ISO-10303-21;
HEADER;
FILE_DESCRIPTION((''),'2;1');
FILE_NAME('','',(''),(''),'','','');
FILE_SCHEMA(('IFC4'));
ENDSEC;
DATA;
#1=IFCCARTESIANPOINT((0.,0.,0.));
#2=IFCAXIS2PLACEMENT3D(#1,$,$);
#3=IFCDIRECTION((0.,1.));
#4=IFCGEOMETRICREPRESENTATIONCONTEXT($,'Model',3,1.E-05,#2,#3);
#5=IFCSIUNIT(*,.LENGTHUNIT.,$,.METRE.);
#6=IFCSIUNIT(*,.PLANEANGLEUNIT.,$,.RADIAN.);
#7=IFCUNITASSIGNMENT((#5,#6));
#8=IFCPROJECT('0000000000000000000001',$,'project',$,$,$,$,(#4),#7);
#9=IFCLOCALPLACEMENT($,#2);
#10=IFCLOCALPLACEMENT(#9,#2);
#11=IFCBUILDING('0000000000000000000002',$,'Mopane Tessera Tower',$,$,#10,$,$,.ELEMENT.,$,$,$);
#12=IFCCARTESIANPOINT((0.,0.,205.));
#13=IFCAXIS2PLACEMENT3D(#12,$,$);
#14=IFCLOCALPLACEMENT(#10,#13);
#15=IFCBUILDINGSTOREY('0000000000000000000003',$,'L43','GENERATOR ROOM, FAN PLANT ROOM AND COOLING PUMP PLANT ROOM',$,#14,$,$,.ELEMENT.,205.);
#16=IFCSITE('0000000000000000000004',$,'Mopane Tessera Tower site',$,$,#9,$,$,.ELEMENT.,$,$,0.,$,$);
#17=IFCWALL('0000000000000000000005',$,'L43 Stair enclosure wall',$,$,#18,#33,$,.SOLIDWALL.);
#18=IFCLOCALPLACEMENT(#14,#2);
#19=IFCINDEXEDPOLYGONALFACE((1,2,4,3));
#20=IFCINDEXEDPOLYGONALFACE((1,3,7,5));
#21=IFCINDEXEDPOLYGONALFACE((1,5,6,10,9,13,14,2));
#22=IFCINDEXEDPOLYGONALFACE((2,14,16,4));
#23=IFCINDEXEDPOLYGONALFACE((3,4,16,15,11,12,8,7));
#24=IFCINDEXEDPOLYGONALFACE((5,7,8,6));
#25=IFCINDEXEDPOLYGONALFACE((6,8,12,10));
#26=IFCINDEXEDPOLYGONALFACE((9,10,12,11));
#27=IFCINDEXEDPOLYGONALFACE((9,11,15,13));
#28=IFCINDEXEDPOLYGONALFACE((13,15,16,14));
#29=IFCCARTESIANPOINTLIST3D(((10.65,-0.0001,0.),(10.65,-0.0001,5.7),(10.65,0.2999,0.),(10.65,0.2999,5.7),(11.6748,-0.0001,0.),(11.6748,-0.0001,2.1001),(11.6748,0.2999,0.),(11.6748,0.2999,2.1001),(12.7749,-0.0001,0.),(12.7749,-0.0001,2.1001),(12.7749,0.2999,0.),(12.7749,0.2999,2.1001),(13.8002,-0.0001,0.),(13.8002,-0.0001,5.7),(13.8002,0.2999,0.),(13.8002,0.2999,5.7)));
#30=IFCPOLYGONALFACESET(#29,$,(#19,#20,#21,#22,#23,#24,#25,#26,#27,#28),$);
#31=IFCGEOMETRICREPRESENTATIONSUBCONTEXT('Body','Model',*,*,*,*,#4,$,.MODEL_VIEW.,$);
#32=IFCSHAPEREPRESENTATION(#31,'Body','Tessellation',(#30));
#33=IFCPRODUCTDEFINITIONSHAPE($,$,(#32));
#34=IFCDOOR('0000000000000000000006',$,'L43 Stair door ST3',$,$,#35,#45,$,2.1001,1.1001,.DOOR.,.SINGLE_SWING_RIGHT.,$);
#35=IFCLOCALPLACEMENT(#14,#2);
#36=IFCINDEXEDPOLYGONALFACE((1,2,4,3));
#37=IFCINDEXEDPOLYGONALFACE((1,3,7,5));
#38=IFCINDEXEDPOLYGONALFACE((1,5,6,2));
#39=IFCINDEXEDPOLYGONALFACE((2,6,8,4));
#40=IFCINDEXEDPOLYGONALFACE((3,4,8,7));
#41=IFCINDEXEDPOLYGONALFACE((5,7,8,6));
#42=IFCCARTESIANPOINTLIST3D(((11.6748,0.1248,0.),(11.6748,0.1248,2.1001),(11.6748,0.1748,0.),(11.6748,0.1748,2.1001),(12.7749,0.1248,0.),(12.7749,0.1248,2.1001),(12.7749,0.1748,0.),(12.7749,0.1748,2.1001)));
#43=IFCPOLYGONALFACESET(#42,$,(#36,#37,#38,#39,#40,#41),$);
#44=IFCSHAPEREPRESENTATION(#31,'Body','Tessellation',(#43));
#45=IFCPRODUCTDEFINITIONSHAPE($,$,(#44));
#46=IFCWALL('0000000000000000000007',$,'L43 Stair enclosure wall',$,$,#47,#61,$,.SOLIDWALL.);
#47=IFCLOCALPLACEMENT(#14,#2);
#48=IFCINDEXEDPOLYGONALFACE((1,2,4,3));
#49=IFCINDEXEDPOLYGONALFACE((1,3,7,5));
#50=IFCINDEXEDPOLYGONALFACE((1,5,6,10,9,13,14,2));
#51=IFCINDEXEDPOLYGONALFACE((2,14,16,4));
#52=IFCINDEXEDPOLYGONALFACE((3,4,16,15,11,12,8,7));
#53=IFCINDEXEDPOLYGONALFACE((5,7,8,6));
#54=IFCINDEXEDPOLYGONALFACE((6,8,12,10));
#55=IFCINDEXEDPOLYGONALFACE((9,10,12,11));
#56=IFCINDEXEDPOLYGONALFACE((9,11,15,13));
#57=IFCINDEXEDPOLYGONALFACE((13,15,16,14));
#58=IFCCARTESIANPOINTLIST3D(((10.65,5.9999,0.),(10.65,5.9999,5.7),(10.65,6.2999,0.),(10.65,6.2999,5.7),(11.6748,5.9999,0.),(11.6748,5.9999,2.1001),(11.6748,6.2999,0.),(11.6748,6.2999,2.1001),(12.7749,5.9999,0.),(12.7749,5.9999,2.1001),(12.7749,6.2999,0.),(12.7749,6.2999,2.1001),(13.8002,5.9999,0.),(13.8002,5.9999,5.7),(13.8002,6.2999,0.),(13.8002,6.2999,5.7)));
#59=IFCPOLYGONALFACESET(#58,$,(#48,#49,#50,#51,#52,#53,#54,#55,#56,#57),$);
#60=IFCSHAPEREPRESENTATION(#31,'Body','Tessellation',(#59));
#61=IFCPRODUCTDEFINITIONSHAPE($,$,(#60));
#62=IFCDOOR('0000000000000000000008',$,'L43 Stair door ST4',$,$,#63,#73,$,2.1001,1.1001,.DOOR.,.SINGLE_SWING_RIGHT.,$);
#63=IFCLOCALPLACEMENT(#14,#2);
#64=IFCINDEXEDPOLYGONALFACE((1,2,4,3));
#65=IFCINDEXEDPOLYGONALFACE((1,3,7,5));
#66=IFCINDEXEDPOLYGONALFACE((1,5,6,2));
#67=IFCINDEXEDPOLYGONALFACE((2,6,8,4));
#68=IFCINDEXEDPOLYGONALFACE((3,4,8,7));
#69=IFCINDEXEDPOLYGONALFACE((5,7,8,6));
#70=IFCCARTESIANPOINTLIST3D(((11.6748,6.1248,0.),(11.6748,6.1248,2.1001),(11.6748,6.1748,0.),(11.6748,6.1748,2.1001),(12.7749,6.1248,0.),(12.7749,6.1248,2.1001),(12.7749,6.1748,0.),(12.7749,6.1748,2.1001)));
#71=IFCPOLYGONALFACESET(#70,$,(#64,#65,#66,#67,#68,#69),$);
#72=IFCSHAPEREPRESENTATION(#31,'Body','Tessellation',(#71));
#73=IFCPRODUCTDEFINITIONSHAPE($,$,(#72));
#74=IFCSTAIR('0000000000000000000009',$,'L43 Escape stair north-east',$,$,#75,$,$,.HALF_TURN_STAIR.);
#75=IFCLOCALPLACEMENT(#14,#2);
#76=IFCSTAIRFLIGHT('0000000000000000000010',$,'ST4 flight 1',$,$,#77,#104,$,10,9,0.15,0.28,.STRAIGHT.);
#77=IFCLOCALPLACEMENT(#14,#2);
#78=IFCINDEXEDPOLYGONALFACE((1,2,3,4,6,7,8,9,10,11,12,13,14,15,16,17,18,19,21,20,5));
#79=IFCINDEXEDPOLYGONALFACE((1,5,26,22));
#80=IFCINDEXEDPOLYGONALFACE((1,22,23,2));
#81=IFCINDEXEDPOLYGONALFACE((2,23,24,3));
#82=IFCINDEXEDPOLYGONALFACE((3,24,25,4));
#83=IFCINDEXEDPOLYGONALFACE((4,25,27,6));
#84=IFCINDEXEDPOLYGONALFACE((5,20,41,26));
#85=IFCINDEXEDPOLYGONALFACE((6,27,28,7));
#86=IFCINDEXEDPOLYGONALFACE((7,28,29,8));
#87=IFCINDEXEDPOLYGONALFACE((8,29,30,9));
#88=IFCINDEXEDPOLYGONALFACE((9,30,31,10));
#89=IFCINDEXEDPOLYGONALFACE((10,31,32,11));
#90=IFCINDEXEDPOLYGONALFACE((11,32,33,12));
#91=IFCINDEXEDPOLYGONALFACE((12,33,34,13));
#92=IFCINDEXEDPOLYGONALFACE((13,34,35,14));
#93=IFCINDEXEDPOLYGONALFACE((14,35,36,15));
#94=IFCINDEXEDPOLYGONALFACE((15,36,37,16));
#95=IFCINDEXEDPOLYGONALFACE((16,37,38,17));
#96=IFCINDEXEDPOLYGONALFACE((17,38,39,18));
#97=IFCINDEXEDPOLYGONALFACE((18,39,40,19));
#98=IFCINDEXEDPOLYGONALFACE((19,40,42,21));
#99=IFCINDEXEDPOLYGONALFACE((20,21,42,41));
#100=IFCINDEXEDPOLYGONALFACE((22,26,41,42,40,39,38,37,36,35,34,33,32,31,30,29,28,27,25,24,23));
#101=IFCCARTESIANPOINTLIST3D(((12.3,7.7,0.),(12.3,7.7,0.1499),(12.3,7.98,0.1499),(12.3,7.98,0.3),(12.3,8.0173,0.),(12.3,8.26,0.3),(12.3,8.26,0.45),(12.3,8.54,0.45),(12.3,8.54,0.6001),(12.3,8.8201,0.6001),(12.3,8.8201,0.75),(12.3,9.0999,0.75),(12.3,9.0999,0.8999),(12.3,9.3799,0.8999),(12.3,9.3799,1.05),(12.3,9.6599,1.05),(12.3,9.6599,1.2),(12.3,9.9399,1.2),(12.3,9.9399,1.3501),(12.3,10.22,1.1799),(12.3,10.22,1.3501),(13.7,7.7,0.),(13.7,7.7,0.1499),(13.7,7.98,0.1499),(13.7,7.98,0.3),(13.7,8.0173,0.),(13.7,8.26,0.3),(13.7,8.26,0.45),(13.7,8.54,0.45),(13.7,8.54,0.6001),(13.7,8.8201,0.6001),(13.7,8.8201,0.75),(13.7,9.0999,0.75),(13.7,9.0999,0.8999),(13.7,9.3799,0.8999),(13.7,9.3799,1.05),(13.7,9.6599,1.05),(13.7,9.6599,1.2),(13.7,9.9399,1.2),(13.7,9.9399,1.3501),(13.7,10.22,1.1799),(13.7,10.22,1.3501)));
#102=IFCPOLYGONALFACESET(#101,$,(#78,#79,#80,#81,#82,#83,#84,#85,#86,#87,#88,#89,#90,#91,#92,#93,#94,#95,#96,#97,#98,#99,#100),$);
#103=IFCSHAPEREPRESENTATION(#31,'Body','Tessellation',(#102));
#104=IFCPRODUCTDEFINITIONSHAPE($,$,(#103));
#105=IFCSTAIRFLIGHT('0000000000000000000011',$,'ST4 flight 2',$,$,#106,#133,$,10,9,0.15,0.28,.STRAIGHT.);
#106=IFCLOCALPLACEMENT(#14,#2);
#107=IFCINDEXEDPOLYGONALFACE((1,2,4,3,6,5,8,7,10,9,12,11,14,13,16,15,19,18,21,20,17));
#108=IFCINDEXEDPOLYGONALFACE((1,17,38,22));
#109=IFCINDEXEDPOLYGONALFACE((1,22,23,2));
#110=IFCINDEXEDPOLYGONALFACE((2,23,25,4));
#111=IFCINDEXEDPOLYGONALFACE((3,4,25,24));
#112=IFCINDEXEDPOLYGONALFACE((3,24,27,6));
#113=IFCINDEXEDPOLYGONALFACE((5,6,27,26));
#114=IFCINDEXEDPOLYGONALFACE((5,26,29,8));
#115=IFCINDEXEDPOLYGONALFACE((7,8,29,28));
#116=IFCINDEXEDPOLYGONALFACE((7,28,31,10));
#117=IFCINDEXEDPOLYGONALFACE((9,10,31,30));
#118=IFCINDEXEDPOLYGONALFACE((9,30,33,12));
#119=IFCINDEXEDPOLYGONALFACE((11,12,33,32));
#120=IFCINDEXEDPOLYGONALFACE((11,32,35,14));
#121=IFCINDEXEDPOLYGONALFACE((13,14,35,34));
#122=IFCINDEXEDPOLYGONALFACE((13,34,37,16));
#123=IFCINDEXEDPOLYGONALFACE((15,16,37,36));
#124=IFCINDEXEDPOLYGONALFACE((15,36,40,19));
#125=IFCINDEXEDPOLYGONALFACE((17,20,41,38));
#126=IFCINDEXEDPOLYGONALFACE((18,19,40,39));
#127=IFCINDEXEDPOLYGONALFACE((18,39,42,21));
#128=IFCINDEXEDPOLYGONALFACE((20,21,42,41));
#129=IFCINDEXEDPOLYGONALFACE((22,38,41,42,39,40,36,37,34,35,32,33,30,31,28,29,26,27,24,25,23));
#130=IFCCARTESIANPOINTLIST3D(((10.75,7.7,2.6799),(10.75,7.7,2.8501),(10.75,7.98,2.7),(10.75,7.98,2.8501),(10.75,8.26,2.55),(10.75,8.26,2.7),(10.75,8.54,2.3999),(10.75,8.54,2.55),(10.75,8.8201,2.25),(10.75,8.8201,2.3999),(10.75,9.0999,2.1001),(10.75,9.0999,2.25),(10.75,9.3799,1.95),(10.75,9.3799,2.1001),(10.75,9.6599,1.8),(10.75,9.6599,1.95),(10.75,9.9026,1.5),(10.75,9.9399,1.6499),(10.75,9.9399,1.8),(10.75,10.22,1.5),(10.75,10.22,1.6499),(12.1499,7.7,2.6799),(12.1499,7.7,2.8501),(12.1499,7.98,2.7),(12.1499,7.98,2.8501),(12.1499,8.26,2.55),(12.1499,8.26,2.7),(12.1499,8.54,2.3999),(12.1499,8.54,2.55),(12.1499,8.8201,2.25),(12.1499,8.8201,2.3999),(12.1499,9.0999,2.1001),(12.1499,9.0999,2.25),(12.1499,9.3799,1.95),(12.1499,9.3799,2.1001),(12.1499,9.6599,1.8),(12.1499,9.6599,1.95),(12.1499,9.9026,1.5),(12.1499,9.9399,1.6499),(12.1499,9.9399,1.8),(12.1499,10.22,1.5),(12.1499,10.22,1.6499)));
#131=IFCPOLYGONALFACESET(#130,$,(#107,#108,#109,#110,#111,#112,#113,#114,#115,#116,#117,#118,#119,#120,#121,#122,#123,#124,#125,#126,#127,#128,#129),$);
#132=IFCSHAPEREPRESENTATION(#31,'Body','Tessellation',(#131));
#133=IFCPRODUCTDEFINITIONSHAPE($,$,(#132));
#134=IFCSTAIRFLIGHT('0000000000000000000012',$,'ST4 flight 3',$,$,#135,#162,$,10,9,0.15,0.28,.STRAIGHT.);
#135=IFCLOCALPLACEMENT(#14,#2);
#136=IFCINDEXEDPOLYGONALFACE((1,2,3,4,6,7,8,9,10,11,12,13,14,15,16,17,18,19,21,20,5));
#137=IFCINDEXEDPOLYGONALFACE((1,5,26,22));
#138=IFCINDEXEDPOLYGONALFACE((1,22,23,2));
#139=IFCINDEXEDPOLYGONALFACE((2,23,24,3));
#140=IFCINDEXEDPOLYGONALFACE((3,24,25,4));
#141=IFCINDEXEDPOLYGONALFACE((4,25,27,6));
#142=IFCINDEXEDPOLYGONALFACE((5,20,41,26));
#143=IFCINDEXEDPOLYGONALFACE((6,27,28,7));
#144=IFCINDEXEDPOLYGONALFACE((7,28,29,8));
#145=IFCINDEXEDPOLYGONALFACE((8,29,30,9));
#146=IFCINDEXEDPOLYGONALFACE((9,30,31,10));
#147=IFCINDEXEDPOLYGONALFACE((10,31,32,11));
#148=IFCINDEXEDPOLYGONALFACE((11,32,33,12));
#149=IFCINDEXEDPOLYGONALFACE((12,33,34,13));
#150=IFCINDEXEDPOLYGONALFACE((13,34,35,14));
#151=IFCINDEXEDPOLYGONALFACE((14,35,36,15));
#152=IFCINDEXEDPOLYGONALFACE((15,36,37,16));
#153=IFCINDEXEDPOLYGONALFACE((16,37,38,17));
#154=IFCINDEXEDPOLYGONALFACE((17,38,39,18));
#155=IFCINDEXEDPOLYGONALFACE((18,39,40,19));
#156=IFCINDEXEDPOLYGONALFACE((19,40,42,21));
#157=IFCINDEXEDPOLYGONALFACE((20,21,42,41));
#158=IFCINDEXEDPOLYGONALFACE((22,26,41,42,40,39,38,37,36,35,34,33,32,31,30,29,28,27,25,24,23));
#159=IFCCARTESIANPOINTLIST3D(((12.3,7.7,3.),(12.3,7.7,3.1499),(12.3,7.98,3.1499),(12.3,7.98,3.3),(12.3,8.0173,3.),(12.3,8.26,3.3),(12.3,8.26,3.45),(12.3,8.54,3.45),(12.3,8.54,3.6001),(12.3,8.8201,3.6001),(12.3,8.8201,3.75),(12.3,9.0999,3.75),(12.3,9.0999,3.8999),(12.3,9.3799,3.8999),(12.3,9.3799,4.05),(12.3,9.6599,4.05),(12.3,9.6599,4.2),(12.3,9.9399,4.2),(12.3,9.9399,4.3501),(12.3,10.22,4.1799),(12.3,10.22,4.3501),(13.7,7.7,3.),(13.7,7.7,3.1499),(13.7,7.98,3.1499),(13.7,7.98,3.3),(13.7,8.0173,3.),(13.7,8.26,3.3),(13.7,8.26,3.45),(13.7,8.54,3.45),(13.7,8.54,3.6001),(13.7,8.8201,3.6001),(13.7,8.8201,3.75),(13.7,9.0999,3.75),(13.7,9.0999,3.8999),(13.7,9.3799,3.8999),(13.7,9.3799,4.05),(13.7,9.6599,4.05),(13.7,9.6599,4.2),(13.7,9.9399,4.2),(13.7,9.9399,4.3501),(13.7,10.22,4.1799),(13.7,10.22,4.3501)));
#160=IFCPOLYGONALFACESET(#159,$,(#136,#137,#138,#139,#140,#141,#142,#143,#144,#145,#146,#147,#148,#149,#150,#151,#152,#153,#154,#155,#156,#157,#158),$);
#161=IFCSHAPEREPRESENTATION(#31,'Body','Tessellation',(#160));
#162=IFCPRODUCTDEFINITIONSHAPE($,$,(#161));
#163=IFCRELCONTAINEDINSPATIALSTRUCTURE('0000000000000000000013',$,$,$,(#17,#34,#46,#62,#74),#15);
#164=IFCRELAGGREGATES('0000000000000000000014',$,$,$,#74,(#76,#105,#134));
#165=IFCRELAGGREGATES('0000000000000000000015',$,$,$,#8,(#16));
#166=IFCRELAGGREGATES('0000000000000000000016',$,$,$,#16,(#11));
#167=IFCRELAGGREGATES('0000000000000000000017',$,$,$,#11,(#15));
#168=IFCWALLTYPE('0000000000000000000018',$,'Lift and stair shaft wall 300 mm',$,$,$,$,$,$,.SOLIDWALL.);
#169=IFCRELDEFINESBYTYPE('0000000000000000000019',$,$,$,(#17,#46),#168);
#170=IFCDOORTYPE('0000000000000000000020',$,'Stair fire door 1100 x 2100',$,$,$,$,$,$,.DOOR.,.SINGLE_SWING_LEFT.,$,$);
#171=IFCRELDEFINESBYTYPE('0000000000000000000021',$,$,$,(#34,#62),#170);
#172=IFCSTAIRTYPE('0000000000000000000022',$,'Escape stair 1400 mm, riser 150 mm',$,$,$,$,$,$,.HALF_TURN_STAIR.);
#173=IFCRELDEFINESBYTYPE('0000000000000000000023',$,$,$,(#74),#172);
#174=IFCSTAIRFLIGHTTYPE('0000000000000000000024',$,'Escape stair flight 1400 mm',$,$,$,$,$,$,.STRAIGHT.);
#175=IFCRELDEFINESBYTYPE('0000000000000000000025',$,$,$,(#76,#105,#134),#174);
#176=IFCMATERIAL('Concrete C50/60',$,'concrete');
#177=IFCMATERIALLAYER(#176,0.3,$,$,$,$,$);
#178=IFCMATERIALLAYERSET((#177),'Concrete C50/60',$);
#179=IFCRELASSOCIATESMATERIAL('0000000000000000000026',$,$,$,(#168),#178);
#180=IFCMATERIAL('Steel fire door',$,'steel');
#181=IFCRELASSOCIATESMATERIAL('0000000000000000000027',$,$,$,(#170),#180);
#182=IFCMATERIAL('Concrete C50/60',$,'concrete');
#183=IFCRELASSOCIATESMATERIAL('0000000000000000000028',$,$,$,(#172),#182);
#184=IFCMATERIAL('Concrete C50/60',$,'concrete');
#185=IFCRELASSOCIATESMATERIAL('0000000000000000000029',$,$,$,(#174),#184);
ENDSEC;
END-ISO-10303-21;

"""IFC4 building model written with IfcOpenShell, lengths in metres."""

from ifc_helpers import new_model, si_unit, direction, frame, frame_2d, origin, place, context, subcontext, project, spatial, polyline, rectangle, outline, extrude, material, layer, layer_set, type_object, element, fill, aggregate, save


model = new_model("IFC4")

# Units and contexts
model_context = context("Model", 3, precision=1e-05, world=origin(), true_north=direction((0.0, 1.0)))
body_context = subcontext(model_context, "Body", "Model", "MODEL_VIEW")
ifc_project = project(units=[si_unit("LENGTHUNIT", "METRE"), si_unit("PLANEANGLEUNIT", "RADIAN")], contexts=[model_context])

# Site, building, storey
site_placement = place(None, origin())
site = spatial("IfcSite", under=ifc_project, at=site_placement, Name="Mopane Tessera Tower site", CompositionType="ELEMENT", RefElevation=0.0)
building_placement = place(site_placement, origin())
building = spatial("IfcBuilding", under=site, at=building_placement, Name="Mopane Tessera Tower", CompositionType="ELEMENT")
storey_placement = place(building_placement, frame((0.0, 0.0, 205.0)))
storey = spatial("IfcBuildingStorey", under=building, at=storey_placement, Name="L43", Description="GENERATOR ROOM, FAN PLANT ROOM AND COOLING PUMP PLANT ROOM", CompositionType="ELEMENT", Elevation=205.0)

# Walls, openings, doors
ifc_material_1 = material(Name="Concrete C50/60", Category="concrete")
ifc_layer_1 = layer(ifc_material_1, 0.3)
ifc_layer_set_1 = layer_set([ifc_layer_1], Name="Concrete C50/60")
wall_type = type_object("IfcWallType", Name="Lift and stair shaft wall 300 mm", PredefinedType="SOLIDWALL", material=ifc_layer_set_1)
wall_1_placement = place(storey_placement, frame((10.6499, 0.1499, 0.0), z_axis=(0.0, 0.0, 1.0), x_axis=(1.0, 0.0, 0.0)))
wall_1 = element("IfcWall", 1, at=wall_1_placement, inside=storey, type_object=wall_type, Name="L43 Stair enclosure wall", PredefinedType="SOLIDWALL", context=body_context, shape_type="SweptSolid", body=[
    extrude(rectangle(XDim=3.1501, YDim=0.3, at=frame_2d((1.5752, 0.0))), origin(), (0.0, 0.0, 1.0), 5.7),
])
opening_1_placement = place(wall_1_placement, frame((1.0249, 0.0, 0.0)))
opening_1 = element("IfcOpeningElement", 2, at=opening_1_placement, cuts=wall_1, PredefinedType="OPENING", context=body_context, shape_type="SweptSolid", body=[
    extrude(rectangle(XDim=1.1001, YDim=2.1001, at=frame_2d((0.55, 1.05))), frame((0.0, 0.1621, 0.0), z_axis=(0.0, -1.0, 0.0), x_axis=(1.0, 0.0, 0.0)), (0.0, 0.0, 1.0), 0.324),
])
ifc_material_2 = material(Name="Steel fire door", Category="steel")
door_type = type_object("IfcDoorType", Name="Stair fire door 1100 x 2100", OperationType="SINGLE_SWING_LEFT", PredefinedType="DOOR", material=ifc_material_2)
door_1_placement = place(opening_1_placement, origin())
door_1 = element("IfcDoor", 3, at=door_1_placement, inside=storey, type_object=door_type, Name="L43 Stair door ST3", OperationType="SINGLE_SWING_RIGHT", OverallHeight=2.1001, OverallWidth=1.1001, PredefinedType="DOOR", context=body_context, shape_type="SweptSolid", body=[
    extrude(rectangle(XDim=1.1001, YDim=2.1001, at=frame_2d((0.55, 1.05))), frame((0.0, 0.0249, 0.0), z_axis=(0.0, -1.0, 0.0), x_axis=(1.0, 0.0, 0.0)), (0.0, 0.0, 1.0), 0.05),
])
fill(opening_1, door_1)
wall_2_placement = place(storey_placement, frame((10.6499, 6.1499, 0.0), z_axis=(0.0, 0.0, 1.0), x_axis=(1.0, 0.0, 0.0)))
wall_2 = element("IfcWall", 4, at=wall_2_placement, inside=storey, type_object=wall_type, Name="L43 Stair enclosure wall", PredefinedType="SOLIDWALL", context=body_context, shape_type="SweptSolid", body=[
    extrude(rectangle(XDim=3.1501, YDim=0.3, at=frame_2d((1.5752, 0.0))), origin(), (0.0, 0.0, 1.0), 5.7),
])
opening_2_placement = place(wall_2_placement, frame((1.0249, 0.0, 0.0)))
opening_2 = element("IfcOpeningElement", 5, at=opening_2_placement, cuts=wall_2, PredefinedType="OPENING", context=body_context, shape_type="SweptSolid", body=[
    extrude(rectangle(XDim=1.1001, YDim=2.1001, at=frame_2d((0.55, 1.05))), frame((0.0, 0.1621, 0.0), z_axis=(0.0, -1.0, 0.0), x_axis=(1.0, 0.0, 0.0)), (0.0, 0.0, 1.0), 0.324),
])
door_2_placement = place(opening_2_placement, origin())
door_2 = element("IfcDoor", 6, at=door_2_placement, inside=storey, type_object=door_type, Name="L43 Stair door ST4", OperationType="SINGLE_SWING_RIGHT", OverallHeight=2.1001, OverallWidth=1.1001, PredefinedType="DOOR", context=body_context, shape_type="SweptSolid", body=[
    extrude(rectangle(XDim=1.1001, YDim=2.1001, at=frame_2d((0.55, 1.05))), frame((0.0, 0.0249, 0.0), z_axis=(0.0, -1.0, 0.0), x_axis=(1.0, 0.0, 0.0)), (0.0, 0.0, 1.0), 0.05),
])
fill(opening_2, door_2)

# Stair, stair flights
ifc_material_3 = material(Name="Concrete C50/60", Category="concrete")
stair_type = type_object("IfcStairType", Name="Escape stair 1400 mm, riser 150 mm", PredefinedType="HALF_TURN_STAIR", material=ifc_material_3)
stair_placement = place(storey_placement, origin())
stair = element("IfcStair", 7, at=stair_placement, inside=storey, type_object=stair_type, Name="L43 Escape stair north-east", PredefinedType="HALF_TURN_STAIR")
ifc_material_4 = material(Name="Concrete C50/60", Category="concrete")
stair_flight_type = type_object("IfcStairFlightType", Name="Escape stair flight 1400 mm", PredefinedType="STRAIGHT", material=ifc_material_4)
stair_flight_1_placement = place(storey_placement, frame((13.0, 7.7, 0.0), z_axis=(0.0, 0.0, 1.0), x_axis=(0.0, 1.0, 0.0)))
stair_flight_1 = element("IfcStairFlight", 8, at=stair_flight_1_placement, type_object=stair_flight_type, Name="ST4 flight 1", NumberOfRisers=10, NumberOfTreads=9, PredefinedType="STRAIGHT", RiserHeight=0.15, TreadLength=0.28, context=body_context, shape_type="SweptSolid", body=[
    extrude(outline(polyline([(0.0, 0.0), (0.0, 0.1499), (0.28, 0.1499), (0.28, 0.3), (0.5601, 0.3), (0.5601, 0.45), (0.8401, 0.45), (0.8401, 0.6001), (1.1201, 0.6001), (1.1201, 0.75), (1.3999, 0.75), (1.3999, 0.8999), (1.6799, 0.8999), (1.6799, 1.05), (1.96, 1.05), (1.96, 1.2), (2.24, 1.2), (2.24, 1.3501), (2.52, 1.3501), (2.52, 1.5), (2.52, 1.1799), (0.3174, 0.0), (0.0, 0.0)])), frame((0.0, 0.7, 0.0), z_axis=(0.0, -1.0, 0.0), x_axis=(1.0, 0.0, 0.0)), (0.0, 0.0, 1.0), 1.3999),
])
stair_flight_2_placement = place(storey_placement, frame((11.45, 10.22, 1.5), z_axis=(0.0, 0.0, 1.0), x_axis=(0.0, -1.0, 0.0)))
stair_flight_2 = element("IfcStairFlight", 9, at=stair_flight_2_placement, type_object=stair_flight_type, Name="ST4 flight 2", NumberOfRisers=10, NumberOfTreads=9, PredefinedType="STRAIGHT", RiserHeight=0.15, TreadLength=0.28, context=body_context, shape_type="SweptSolid", body=[
    extrude(outline(polyline([(0.0, 0.0), (0.0, 0.1499), (0.28, 0.1499), (0.28, 0.3), (0.5601, 0.3), (0.5601, 0.45), (0.8401, 0.45), (0.8401, 0.6001), (1.1201, 0.6001), (1.1201, 0.75), (1.3999, 0.75), (1.3999, 0.8999), (1.6799, 0.8999), (1.6799, 1.05), (1.96, 1.05), (1.96, 1.2), (2.24, 1.2), (2.24, 1.3501), (2.52, 1.3501), (2.52, 1.5), (2.52, 1.1799), (0.3174, 0.0), (0.0, 0.0)])), frame((0.0, 0.7, 0.0), z_axis=(0.0, -1.0, 0.0), x_axis=(1.0, 0.0, 0.0)), (0.0, 0.0, 1.0), 1.3999),
])
stair_flight_3_placement = place(storey_placement, frame((13.0, 7.7, 3.0), z_axis=(0.0, 0.0, 1.0), x_axis=(0.0, 1.0, 0.0)))
stair_flight_3 = element("IfcStairFlight", 10, at=stair_flight_3_placement, type_object=stair_flight_type, Name="ST4 flight 3", NumberOfRisers=10, NumberOfTreads=9, PredefinedType="STRAIGHT", RiserHeight=0.15, TreadLength=0.28, context=body_context, shape_type="SweptSolid", body=[
    extrude(outline(polyline([(0.0, 0.0), (0.0, 0.1499), (0.28, 0.1499), (0.28, 0.3), (0.5601, 0.3), (0.5601, 0.45), (0.8401, 0.45), (0.8401, 0.6001), (1.1201, 0.6001), (1.1201, 0.75), (1.3999, 0.75), (1.3999, 0.8999), (1.6799, 0.8999), (1.6799, 1.05), (1.96, 1.05), (1.96, 1.2), (2.24, 1.2), (2.24, 1.3501), (2.52, 1.3501), (2.52, 1.5), (2.52, 1.1799), (0.3174, 0.0), (0.0, 0.0)])), frame((0.0, 0.7, 0.0), z_axis=(0.0, -1.0, 0.0), x_axis=(1.0, 0.0, 0.0)), (0.0, 0.0, 1.0), 1.3999),
])
aggregate(stair, [stair_flight_1, stair_flight_2, stair_flight_3])

save(model, "model.ifc")
